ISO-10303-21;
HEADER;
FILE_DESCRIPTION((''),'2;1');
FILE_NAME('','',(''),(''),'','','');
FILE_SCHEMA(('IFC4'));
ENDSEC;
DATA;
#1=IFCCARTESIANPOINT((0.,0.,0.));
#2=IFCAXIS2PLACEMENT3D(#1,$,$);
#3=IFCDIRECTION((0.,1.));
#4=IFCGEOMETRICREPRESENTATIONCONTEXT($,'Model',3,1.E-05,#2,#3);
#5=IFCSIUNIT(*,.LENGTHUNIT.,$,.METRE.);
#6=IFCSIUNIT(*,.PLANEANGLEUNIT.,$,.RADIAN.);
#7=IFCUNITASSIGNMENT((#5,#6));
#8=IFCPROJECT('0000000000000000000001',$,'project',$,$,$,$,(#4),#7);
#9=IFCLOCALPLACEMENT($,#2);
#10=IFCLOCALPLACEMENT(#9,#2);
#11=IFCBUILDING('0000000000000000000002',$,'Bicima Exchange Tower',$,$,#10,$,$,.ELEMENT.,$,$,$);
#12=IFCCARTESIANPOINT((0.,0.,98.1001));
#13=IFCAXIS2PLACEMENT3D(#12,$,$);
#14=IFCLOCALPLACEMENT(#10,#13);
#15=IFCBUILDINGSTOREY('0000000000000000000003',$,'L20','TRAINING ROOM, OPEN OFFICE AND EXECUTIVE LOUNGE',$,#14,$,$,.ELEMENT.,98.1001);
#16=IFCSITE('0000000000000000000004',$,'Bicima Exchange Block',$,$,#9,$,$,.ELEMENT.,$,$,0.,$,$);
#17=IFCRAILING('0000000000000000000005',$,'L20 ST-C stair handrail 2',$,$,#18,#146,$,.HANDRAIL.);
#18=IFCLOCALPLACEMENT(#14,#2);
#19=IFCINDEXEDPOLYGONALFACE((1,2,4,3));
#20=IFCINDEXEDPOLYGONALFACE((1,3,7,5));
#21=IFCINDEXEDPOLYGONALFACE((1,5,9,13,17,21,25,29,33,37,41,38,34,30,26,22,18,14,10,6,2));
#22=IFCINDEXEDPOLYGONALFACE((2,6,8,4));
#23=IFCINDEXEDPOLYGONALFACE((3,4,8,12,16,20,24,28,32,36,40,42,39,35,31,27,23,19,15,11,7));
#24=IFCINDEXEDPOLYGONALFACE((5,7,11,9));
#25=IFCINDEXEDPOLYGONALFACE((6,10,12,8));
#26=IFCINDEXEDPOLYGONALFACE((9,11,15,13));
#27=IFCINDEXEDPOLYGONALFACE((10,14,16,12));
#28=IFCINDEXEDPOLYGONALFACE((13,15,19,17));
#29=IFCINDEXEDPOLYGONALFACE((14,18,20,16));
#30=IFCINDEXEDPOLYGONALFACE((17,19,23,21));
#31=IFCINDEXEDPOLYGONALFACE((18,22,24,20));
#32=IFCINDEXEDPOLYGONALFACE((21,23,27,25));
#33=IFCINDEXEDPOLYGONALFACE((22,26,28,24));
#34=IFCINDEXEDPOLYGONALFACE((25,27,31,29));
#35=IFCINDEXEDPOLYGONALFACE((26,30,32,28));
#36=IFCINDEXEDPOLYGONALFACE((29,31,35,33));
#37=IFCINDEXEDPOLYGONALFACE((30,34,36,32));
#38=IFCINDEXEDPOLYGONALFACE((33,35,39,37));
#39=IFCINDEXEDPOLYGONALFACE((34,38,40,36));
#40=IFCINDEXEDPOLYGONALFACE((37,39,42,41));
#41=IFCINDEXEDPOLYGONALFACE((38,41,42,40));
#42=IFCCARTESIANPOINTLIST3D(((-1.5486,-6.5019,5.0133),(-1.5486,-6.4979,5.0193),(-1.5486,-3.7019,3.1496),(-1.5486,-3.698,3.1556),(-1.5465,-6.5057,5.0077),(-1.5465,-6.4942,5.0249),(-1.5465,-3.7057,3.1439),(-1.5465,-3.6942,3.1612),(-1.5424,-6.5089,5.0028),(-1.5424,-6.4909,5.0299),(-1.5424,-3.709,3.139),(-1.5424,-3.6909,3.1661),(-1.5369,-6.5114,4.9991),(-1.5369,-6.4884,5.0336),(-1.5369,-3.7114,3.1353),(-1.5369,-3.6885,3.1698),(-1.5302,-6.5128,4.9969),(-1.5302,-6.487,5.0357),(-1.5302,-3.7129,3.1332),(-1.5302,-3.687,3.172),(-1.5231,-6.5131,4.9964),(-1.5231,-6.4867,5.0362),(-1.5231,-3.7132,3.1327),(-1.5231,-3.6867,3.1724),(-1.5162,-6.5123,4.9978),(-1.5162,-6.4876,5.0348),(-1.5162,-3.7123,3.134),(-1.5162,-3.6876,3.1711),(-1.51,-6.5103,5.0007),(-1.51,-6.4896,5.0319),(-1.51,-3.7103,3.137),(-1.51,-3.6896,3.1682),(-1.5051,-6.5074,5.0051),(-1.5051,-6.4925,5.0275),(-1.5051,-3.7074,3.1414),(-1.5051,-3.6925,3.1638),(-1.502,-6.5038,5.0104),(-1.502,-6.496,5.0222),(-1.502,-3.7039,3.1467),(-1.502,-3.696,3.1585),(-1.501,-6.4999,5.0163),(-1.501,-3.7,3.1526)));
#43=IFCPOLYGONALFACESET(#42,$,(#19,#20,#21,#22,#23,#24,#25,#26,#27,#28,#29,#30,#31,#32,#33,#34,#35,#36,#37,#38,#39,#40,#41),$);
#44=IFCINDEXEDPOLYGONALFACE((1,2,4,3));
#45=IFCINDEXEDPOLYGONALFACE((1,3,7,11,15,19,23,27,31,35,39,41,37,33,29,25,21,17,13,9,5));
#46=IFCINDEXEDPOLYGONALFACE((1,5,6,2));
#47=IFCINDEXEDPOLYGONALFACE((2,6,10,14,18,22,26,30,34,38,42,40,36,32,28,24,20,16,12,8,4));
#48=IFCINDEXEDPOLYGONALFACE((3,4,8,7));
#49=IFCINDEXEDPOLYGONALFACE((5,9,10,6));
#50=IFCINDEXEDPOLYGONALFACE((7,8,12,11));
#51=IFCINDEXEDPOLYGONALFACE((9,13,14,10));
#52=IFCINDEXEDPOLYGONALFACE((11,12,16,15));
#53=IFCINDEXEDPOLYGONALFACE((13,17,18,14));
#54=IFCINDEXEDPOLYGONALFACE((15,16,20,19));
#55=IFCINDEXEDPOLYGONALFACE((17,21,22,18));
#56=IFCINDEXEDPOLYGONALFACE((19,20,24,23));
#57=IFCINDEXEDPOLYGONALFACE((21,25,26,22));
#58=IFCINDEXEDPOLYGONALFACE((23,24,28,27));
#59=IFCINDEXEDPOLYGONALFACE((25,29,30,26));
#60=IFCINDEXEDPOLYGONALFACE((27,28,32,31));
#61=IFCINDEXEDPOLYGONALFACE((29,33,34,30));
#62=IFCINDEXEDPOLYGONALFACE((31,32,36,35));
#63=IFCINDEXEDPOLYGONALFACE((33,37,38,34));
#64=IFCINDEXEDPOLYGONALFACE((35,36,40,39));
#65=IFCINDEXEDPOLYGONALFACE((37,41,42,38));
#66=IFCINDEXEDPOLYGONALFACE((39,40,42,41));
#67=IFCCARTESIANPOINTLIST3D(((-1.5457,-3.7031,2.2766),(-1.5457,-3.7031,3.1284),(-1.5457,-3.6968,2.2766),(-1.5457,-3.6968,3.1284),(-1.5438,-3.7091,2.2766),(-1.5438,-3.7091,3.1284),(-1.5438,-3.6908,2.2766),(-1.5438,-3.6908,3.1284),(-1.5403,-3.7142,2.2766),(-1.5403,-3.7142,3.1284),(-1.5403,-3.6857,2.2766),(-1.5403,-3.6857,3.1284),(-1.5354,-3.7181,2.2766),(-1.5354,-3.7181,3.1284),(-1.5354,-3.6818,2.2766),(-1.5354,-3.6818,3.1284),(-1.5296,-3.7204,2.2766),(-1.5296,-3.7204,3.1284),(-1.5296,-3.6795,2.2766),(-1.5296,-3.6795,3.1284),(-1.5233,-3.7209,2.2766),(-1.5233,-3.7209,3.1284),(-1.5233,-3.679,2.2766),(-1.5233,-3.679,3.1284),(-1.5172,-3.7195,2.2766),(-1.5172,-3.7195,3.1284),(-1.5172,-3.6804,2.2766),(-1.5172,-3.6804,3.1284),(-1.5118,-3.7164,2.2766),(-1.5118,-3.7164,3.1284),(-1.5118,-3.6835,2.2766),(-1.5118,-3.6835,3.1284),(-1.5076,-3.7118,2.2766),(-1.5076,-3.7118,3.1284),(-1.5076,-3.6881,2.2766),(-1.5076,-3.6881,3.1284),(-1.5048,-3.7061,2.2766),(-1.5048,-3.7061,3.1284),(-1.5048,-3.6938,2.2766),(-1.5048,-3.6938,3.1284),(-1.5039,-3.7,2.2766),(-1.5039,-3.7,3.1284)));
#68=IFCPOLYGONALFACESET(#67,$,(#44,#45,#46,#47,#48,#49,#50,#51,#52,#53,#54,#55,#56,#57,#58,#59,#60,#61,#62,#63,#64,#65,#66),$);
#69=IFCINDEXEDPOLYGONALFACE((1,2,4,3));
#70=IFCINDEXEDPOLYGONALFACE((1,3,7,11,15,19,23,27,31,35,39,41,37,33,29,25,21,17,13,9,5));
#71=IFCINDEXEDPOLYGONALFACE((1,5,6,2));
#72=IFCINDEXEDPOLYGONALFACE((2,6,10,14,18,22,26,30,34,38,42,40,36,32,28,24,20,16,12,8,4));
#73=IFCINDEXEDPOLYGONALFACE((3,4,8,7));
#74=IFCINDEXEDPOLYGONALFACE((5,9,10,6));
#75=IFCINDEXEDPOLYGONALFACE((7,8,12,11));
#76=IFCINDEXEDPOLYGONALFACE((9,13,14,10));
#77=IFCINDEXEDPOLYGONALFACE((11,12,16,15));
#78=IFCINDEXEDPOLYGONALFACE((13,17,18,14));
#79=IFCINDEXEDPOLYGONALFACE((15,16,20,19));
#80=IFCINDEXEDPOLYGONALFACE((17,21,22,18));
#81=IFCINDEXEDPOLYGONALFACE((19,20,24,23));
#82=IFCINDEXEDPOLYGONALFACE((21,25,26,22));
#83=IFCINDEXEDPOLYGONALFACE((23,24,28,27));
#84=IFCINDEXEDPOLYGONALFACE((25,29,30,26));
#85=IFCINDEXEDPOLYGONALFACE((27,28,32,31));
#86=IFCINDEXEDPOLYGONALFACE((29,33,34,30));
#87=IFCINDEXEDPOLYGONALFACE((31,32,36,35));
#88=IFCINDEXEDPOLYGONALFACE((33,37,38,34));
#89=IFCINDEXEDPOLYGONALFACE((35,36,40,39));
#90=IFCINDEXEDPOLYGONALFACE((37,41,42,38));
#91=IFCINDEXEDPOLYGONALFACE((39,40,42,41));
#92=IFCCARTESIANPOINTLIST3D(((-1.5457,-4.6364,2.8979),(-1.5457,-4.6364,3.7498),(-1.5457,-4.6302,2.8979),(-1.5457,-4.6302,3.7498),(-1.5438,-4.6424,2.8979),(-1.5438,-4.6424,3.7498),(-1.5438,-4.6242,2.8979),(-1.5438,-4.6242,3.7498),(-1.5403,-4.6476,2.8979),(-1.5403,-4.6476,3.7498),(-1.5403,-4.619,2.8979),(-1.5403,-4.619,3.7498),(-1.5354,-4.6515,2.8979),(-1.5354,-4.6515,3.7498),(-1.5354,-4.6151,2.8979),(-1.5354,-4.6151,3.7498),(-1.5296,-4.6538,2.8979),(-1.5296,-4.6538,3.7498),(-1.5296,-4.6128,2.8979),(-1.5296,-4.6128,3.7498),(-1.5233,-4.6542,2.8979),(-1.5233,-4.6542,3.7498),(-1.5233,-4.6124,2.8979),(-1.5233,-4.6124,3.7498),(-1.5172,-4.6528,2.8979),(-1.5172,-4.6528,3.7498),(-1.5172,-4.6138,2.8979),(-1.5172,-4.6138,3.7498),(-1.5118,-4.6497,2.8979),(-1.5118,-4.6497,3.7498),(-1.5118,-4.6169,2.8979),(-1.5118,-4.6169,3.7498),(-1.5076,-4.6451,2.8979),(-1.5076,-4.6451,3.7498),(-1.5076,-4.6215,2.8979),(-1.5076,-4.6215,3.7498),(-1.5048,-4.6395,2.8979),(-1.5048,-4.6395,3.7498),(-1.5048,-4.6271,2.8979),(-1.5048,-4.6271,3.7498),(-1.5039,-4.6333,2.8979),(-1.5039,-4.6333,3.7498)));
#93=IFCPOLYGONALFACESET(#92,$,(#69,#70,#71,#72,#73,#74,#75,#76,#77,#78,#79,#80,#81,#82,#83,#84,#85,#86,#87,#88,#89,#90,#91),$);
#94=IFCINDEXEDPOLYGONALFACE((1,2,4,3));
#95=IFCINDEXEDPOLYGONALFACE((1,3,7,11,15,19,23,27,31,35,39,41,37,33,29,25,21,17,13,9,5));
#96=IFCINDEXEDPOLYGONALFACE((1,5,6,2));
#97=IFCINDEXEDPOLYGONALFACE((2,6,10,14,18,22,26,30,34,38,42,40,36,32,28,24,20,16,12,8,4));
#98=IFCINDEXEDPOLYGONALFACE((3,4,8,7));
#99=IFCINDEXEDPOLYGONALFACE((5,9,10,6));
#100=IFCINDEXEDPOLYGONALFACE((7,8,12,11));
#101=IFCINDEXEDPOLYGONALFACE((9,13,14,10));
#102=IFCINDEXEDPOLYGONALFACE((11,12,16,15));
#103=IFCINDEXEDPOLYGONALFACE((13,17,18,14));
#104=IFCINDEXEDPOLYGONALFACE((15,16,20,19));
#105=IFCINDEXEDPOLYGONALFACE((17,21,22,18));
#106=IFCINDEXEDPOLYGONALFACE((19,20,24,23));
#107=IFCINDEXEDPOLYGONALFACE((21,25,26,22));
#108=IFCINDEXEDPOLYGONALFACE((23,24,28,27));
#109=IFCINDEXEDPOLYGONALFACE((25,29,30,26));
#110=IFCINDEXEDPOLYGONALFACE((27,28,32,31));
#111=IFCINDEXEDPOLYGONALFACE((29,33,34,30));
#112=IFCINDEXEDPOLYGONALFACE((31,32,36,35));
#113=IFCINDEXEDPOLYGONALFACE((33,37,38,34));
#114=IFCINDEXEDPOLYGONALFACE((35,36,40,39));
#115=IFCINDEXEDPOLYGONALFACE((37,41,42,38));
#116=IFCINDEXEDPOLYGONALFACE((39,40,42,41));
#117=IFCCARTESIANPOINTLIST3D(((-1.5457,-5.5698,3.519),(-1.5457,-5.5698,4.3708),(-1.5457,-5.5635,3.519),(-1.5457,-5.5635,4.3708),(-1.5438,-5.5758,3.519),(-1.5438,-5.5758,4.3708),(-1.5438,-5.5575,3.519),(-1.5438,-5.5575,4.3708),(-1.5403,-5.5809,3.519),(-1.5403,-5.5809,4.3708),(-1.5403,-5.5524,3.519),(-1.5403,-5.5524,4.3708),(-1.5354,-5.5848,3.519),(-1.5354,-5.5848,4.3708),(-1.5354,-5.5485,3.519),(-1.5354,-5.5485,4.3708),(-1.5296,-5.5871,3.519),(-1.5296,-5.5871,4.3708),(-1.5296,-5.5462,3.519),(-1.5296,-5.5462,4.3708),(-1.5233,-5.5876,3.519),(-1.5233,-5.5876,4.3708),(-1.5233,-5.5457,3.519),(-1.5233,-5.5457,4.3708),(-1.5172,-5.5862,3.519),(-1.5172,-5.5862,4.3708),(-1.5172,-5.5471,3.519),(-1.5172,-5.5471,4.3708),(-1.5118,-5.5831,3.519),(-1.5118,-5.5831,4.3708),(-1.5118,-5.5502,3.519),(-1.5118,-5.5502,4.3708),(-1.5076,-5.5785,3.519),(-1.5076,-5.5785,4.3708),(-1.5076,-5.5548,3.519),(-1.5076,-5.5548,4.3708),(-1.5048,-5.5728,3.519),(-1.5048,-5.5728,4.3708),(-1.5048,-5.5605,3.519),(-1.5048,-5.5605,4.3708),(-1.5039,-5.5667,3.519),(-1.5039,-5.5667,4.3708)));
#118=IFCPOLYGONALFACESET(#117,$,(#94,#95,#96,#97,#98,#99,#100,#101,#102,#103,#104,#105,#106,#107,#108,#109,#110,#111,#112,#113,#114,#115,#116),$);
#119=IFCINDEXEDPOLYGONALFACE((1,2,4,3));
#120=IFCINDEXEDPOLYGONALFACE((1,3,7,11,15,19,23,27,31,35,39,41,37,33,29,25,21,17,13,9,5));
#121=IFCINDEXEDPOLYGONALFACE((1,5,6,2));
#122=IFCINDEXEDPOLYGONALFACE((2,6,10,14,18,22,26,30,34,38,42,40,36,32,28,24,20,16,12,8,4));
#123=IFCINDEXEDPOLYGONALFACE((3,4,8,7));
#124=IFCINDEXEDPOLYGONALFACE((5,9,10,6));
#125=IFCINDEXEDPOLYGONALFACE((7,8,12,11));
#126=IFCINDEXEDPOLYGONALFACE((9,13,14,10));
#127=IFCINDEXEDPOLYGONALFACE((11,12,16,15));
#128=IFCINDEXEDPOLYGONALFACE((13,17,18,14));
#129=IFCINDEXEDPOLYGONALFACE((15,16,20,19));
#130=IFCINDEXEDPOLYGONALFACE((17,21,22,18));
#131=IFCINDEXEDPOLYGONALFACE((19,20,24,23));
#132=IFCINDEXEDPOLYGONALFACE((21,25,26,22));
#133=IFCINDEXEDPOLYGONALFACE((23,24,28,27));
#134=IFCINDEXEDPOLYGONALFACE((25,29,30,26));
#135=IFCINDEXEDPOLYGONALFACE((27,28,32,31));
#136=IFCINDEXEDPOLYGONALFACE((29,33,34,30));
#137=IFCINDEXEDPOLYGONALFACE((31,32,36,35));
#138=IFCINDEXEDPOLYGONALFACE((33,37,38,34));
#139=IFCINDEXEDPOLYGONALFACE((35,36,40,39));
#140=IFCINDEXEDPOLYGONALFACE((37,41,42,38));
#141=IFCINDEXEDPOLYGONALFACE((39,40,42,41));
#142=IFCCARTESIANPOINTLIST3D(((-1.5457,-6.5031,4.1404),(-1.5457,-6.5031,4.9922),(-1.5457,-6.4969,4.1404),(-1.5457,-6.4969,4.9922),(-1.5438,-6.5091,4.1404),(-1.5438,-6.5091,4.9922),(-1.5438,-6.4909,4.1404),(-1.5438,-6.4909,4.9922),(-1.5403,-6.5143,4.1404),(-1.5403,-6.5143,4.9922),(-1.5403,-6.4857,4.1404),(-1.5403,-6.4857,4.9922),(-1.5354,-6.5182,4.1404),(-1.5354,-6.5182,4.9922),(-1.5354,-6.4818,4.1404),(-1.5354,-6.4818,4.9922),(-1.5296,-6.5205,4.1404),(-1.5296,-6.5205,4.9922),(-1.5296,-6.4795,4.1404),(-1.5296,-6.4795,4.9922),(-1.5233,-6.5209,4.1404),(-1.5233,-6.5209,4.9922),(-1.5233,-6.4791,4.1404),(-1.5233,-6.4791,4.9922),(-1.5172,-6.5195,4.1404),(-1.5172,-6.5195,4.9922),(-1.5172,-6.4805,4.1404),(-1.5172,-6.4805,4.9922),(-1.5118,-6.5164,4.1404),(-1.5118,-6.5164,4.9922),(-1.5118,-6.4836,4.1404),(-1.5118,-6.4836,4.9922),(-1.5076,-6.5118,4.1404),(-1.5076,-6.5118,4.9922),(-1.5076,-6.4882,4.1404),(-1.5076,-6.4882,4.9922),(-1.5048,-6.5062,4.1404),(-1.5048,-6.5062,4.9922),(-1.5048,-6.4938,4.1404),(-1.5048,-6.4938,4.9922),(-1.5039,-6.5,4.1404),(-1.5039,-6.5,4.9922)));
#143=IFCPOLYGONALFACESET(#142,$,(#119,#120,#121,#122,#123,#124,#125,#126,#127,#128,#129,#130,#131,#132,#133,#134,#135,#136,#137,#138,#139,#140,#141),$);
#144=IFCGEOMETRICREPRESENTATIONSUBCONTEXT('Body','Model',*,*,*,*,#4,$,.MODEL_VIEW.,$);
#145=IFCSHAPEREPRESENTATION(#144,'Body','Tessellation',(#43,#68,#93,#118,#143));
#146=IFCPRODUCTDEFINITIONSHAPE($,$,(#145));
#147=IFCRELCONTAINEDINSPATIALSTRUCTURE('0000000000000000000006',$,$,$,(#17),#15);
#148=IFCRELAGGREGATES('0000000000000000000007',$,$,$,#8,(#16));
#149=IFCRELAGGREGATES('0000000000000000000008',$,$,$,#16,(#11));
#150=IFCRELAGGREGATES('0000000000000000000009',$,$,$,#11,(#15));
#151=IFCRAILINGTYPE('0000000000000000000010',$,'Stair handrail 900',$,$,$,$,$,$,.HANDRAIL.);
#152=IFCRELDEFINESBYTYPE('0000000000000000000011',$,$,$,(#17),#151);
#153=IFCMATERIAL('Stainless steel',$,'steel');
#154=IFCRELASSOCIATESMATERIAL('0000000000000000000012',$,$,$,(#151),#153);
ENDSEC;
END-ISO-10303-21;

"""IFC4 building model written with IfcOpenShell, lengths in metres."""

from ifc_helpers import new_model, si_unit, direction, frame, origin, origin_2d, place, context, subcontext, project, spatial, circle, extrude, material, type_object, element, save


model = new_model("IFC4")

# Units and contexts
model_context = context("Model", 3, precision=1e-05, world=origin(), true_north=direction((0.0, 1.0)))
body_context = subcontext(model_context, "Body", "Model", "MODEL_VIEW")
ifc_project = project(units=[si_unit("LENGTHUNIT", "METRE"), si_unit("PLANEANGLEUNIT", "RADIAN")], contexts=[model_context])

# Site, building, storey
site_placement = place(None, origin())
site = spatial("IfcSite", under=ifc_project, at=site_placement, Name="Bicima Exchange Block", CompositionType="ELEMENT", RefElevation=0.0)
building_placement = place(site_placement, origin())
building = spatial("IfcBuilding", under=site, at=building_placement, Name="Bicima Exchange Tower", CompositionType="ELEMENT")
storey_placement = place(building_placement, frame((0.0, 0.0, 98.1001)))
storey = spatial("IfcBuildingStorey", under=building, at=storey_placement, Name="L20", Description="TRAINING ROOM, OPEN OFFICE AND EXECUTIVE LOUNGE", CompositionType="ELEMENT", Elevation=98.1001)

# Railing
ifc_material_1 = material(Name="Stainless steel", Category="steel")
railing_type = type_object("IfcRailingType", Name="Stair handrail 900", PredefinedType="HANDRAIL", material=ifc_material_1)
railing_placement = place(storey_placement, frame((-1.5249, -3.7, 2.2766)))
element("IfcRailing", 1, at=railing_placement, inside=storey, type_object=railing_type, Name="L20 ST-C stair handrail 2", PredefinedType="HANDRAIL", context=body_context, shape_type="SweptSolid", body=[
    extrude(circle(Radius=0.0239, at=origin_2d()), frame((0.0, 0.0, 0.876), z_axis=(0.0, -0.832452, 0.554097), x_axis=(1.0, 0.0, 0.0)), (0.0, 0.0, 1.0), 3.3635),
    extrude(circle(Radius=0.021, at=origin_2d()), origin(), (0.0, 0.0, 1.0), 0.8518),
    extrude(circle(Radius=0.021, at=origin_2d()), frame((0.0, -0.9333, 0.6213)), (0.0, 0.0, 1.0), 0.8518),
    extrude(circle(Radius=0.021, at=origin_2d()), frame((0.0, -1.8667, 1.2424)), (0.0, 0.0, 1.0), 0.8518),
    extrude(circle(Radius=0.021, at=origin_2d()), frame((0.0, -2.8, 1.8638)), (0.0, 0.0, 1.0), 0.8518),
])

save(model, "model.ifc")
